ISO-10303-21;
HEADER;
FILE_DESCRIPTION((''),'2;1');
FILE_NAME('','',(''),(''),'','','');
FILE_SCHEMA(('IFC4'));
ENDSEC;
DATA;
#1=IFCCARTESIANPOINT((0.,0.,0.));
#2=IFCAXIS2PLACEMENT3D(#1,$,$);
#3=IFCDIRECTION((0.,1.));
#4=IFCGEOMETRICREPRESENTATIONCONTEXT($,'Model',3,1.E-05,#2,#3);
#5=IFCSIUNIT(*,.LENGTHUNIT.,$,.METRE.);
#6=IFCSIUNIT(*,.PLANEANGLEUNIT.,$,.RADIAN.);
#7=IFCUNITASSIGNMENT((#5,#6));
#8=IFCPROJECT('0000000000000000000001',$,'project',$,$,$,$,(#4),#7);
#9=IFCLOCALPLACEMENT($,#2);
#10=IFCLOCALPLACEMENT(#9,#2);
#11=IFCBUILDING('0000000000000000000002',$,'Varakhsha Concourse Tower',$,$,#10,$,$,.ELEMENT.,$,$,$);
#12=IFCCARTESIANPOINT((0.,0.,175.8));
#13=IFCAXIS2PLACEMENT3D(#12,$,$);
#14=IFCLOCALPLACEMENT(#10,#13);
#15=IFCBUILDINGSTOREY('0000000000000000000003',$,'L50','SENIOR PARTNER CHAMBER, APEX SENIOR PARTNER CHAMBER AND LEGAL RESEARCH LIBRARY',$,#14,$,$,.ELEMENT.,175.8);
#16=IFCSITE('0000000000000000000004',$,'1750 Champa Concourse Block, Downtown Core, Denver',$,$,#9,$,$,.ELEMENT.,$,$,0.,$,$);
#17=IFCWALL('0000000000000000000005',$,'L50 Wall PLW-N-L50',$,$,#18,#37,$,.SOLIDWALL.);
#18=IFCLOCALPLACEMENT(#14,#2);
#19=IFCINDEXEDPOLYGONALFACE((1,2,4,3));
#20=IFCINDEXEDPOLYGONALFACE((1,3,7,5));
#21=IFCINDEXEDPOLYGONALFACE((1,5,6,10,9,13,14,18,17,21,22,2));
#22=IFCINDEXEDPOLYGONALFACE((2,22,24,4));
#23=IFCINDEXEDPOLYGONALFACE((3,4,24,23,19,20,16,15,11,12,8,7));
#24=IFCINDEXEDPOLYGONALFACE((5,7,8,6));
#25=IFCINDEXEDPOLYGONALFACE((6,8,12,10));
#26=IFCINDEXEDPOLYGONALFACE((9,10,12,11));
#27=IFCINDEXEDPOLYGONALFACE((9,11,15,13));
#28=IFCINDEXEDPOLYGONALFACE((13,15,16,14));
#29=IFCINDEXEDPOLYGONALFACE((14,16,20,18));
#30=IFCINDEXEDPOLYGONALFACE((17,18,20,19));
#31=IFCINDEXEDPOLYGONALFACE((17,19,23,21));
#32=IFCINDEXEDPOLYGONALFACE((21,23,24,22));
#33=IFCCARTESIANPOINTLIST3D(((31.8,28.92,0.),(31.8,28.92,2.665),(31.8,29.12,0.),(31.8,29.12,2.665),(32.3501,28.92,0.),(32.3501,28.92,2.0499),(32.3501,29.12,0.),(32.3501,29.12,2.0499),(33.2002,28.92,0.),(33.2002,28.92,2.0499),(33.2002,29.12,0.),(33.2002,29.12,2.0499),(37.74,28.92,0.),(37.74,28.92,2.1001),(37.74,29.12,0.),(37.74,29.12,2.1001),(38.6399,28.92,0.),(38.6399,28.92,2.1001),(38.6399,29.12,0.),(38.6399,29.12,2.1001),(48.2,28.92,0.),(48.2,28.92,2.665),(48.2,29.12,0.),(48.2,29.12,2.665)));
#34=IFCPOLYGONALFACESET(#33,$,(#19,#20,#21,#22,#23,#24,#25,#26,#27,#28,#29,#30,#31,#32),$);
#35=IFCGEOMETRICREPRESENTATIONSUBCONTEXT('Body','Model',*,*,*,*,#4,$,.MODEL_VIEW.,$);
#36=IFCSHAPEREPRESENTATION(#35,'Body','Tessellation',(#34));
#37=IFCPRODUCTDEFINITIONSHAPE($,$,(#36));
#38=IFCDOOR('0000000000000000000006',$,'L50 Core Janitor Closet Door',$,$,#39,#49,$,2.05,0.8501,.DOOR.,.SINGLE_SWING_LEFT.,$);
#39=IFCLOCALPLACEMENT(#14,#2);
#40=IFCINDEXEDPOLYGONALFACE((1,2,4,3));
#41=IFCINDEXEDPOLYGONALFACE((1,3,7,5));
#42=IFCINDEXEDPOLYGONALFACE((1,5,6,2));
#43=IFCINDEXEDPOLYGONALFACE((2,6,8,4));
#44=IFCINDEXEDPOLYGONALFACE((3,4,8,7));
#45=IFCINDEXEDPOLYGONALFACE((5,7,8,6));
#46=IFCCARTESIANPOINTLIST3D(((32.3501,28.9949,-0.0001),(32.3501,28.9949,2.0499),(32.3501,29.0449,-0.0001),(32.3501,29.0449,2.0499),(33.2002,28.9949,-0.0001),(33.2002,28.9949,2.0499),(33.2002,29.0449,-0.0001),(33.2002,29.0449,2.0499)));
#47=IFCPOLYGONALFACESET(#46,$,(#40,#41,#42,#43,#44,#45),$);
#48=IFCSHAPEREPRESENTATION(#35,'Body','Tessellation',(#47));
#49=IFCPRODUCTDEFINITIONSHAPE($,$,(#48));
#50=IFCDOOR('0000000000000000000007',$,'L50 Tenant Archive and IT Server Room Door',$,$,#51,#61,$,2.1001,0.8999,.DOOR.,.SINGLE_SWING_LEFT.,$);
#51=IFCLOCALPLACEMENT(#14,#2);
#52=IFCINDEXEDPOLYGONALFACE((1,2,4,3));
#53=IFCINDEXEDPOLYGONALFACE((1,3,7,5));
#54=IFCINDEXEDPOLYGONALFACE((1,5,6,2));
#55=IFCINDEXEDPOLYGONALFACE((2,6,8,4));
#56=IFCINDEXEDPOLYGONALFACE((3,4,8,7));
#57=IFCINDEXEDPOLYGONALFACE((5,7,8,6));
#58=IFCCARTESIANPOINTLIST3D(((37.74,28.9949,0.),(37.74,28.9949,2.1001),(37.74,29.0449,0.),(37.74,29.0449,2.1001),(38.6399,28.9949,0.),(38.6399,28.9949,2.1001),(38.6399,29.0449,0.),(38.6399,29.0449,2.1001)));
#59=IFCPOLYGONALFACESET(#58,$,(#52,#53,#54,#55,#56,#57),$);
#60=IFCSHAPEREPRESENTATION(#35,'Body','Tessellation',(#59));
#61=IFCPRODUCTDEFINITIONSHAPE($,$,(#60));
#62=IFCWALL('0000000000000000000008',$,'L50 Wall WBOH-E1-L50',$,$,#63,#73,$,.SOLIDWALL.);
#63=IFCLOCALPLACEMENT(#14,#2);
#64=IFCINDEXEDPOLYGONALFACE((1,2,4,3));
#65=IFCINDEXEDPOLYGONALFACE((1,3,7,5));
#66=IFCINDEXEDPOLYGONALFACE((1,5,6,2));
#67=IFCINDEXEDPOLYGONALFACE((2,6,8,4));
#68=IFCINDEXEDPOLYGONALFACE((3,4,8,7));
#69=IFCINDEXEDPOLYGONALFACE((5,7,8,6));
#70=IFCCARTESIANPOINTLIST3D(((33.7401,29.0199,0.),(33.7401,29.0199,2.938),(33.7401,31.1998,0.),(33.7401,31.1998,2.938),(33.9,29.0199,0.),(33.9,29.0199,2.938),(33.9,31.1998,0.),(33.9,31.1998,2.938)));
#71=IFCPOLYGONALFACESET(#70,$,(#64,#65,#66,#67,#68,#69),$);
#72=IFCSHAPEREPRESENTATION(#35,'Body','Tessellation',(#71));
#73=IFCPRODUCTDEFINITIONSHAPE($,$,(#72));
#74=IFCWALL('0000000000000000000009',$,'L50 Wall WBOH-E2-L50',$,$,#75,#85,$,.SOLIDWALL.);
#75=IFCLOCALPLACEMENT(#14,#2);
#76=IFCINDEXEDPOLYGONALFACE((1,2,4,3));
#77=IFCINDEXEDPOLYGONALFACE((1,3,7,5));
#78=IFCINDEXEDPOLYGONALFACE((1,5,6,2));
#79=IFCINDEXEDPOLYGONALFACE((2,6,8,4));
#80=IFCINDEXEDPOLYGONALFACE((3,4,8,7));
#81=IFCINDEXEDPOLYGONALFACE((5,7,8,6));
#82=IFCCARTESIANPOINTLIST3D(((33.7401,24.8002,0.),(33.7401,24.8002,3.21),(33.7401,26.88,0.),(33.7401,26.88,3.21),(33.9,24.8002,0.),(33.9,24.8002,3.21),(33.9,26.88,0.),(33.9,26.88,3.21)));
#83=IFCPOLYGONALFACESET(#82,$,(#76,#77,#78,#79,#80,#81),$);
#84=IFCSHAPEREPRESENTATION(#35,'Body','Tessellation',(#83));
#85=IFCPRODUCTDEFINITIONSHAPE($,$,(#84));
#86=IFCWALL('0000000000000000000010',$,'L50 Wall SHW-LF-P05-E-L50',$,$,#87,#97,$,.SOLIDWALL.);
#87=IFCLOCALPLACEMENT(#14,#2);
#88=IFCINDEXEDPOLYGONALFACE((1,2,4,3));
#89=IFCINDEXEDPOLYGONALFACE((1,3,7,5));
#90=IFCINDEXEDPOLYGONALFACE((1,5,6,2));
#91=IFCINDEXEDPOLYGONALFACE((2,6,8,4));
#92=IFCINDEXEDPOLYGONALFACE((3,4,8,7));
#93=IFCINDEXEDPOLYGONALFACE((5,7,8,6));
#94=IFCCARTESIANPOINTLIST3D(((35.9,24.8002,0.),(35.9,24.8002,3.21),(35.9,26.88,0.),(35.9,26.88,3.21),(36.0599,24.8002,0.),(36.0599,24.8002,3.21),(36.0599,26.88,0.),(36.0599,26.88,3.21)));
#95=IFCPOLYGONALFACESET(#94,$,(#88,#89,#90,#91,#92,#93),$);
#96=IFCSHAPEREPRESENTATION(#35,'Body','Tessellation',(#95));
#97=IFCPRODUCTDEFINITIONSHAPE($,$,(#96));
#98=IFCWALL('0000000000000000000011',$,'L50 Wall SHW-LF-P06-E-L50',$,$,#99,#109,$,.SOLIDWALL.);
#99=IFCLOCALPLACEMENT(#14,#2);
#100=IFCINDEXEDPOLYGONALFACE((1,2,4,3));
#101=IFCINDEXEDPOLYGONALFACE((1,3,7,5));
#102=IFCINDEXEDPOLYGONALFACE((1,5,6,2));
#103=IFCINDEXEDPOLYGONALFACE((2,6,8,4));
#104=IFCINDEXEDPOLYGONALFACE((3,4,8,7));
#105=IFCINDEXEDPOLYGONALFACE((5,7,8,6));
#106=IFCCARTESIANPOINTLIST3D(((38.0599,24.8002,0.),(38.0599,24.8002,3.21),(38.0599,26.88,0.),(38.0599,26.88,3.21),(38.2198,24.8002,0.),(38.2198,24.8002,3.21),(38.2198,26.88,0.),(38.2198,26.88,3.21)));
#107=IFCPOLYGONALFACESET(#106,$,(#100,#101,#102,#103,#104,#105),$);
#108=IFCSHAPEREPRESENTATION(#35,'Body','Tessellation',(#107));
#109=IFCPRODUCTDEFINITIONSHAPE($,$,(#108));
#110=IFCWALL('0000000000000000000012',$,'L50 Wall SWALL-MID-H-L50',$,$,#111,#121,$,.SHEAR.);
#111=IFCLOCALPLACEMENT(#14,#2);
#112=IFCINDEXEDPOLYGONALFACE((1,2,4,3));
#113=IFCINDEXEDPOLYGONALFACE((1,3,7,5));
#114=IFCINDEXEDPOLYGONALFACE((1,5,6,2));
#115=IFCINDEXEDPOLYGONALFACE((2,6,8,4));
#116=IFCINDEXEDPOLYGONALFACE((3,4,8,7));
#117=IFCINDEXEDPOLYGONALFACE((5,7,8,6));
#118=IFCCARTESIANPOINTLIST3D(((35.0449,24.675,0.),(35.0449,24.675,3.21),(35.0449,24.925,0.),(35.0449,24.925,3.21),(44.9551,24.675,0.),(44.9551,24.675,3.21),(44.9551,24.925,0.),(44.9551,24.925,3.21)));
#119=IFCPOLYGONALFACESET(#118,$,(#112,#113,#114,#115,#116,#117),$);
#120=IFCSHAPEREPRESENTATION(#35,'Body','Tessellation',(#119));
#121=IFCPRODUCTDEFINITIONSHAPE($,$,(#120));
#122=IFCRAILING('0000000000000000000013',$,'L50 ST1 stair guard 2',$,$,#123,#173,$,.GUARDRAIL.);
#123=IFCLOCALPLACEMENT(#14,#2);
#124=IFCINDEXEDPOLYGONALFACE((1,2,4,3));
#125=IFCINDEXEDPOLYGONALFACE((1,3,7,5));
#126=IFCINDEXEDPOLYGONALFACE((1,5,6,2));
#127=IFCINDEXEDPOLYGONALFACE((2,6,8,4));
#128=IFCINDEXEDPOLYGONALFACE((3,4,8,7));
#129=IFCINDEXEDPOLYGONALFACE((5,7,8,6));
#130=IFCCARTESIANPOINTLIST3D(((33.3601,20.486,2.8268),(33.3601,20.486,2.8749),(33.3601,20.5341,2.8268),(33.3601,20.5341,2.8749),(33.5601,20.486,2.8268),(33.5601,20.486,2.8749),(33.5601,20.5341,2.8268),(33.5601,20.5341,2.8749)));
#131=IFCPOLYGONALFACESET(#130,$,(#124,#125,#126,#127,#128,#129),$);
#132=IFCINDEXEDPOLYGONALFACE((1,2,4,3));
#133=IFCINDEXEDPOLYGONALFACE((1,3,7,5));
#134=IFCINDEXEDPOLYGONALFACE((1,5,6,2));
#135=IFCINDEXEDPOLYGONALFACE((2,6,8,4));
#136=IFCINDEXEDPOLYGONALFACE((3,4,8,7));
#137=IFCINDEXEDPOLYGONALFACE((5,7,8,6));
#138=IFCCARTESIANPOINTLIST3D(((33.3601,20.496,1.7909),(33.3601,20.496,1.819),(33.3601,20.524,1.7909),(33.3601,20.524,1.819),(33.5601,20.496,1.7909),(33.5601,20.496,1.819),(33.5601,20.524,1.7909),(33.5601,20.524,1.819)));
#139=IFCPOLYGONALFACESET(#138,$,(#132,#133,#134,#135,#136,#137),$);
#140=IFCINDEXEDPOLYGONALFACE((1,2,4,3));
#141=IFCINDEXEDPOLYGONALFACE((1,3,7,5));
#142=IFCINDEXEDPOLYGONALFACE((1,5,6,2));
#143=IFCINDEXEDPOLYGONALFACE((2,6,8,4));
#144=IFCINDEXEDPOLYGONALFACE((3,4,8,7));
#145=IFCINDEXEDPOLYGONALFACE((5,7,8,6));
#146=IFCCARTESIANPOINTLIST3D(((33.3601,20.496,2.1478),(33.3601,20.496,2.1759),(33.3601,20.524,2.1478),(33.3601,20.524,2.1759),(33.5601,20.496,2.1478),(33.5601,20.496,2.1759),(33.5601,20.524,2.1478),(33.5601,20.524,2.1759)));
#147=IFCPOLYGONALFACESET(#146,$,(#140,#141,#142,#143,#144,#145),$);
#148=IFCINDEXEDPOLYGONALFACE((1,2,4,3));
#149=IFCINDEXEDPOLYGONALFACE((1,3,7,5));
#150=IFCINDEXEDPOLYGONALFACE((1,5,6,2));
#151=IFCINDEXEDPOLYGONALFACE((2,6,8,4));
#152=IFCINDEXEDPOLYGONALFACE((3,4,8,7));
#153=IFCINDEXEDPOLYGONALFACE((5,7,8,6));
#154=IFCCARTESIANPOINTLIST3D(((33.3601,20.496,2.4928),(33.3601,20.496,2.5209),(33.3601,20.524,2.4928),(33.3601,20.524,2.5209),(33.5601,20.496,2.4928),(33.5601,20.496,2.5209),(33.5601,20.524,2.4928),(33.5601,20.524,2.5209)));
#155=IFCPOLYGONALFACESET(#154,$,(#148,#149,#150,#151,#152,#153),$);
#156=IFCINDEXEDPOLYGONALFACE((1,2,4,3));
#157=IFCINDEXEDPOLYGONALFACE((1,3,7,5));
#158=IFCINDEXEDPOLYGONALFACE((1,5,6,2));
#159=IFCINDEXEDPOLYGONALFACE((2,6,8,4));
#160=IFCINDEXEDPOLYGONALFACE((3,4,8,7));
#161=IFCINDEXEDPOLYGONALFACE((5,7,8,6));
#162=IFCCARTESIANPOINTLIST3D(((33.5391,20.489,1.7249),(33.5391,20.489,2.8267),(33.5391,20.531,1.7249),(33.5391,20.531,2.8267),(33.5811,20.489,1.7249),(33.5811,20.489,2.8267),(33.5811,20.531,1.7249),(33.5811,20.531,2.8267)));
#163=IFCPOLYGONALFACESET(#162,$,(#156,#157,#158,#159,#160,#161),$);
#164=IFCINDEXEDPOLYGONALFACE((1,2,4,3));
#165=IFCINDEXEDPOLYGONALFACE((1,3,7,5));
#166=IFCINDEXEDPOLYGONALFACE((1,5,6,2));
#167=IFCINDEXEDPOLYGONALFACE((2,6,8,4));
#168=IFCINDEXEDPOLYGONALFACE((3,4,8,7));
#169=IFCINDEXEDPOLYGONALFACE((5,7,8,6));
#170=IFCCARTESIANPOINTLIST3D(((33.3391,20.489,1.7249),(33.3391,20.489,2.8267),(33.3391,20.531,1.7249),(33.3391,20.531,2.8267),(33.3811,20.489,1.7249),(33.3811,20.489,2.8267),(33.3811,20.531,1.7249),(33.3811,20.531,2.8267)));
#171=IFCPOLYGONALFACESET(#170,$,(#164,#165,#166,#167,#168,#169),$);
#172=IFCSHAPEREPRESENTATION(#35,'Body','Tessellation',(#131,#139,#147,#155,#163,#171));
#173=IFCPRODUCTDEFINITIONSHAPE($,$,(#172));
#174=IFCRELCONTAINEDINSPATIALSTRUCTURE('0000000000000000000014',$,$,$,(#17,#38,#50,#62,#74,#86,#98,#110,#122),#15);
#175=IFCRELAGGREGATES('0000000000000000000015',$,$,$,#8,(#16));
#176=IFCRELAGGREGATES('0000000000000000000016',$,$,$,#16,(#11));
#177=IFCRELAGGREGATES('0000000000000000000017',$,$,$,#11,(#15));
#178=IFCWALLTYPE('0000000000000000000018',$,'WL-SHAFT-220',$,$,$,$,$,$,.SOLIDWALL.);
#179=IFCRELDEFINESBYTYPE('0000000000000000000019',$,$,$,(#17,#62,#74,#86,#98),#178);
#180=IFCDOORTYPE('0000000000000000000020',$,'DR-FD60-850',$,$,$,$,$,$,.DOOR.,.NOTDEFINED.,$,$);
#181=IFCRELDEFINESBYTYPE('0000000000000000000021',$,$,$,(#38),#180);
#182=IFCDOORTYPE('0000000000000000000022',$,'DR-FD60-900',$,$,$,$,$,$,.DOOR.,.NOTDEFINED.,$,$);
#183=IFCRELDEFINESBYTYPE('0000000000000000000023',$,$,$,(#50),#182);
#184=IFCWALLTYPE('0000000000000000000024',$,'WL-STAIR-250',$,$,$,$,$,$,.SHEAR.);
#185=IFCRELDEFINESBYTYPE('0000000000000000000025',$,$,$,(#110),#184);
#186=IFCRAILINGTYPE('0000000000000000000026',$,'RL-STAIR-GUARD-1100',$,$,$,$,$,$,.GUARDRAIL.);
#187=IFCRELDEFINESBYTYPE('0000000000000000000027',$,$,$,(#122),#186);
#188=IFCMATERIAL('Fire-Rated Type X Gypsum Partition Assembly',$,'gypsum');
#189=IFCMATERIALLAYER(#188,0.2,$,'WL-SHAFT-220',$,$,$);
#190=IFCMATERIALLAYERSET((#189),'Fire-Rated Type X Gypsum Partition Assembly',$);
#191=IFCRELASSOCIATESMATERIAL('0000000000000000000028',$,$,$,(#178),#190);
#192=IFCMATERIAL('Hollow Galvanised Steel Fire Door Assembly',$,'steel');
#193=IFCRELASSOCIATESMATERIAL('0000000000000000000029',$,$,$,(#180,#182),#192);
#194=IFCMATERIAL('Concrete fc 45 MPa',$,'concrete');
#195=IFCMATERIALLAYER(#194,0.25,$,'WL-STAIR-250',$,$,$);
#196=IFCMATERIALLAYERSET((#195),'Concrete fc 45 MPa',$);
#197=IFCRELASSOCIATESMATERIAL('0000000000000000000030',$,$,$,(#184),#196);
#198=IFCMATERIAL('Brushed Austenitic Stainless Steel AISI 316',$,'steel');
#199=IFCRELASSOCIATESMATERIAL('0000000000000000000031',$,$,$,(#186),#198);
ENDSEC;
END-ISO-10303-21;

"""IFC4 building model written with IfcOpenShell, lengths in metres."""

from ifc_helpers import new_model, si_unit, direction, frame, frame_2d, origin, origin_2d, place, context, subcontext, project, spatial, rectangle, extrude, material, layer, layer_set, type_object, element, fill, save


model = new_model("IFC4")

# Units and contexts
model_context = context("Model", 3, precision=1e-05, world=origin(), true_north=direction((0.0, 1.0)))
body_context = subcontext(model_context, "Body", "Model", "MODEL_VIEW")
ifc_project = project(units=[si_unit("LENGTHUNIT", "METRE"), si_unit("PLANEANGLEUNIT", "RADIAN")], contexts=[model_context])

# Site, building, storey
site_placement = place(None, origin())
site = spatial("IfcSite", under=ifc_project, at=site_placement, Name="1750 Champa Concourse Block, Downtown Core, Denver", CompositionType="ELEMENT", RefElevation=0.0)
building_placement = place(site_placement, origin())
building = spatial("IfcBuilding", under=site, at=building_placement, Name="Varakhsha Concourse Tower", CompositionType="ELEMENT")
storey_placement = place(building_placement, frame((0.0, 0.0, 175.8)))
storey = spatial("IfcBuildingStorey", under=building, at=storey_placement, Name="L50", Description="SENIOR PARTNER CHAMBER, APEX SENIOR PARTNER CHAMBER AND LEGAL RESEARCH LIBRARY", CompositionType="ELEMENT", Elevation=175.8)

# Shared definitions
ifc_material_1 = material(Name="Fire-Rated Type X Gypsum Partition Assembly", Category="gypsum")
ifc_material_2 = material(Name="Hollow Galvanised Steel Fire Door Assembly", Category="steel")
ifc_layer_1 = layer(ifc_material_1, 0.2, Name="WL-SHAFT-220")
ifc_layer_set_1 = layer_set([ifc_layer_1], Name="Fire-Rated Type X Gypsum Partition Assembly")
wall_type_1 = type_object("IfcWallType", Name="WL-SHAFT-220", PredefinedType="SOLIDWALL", material=ifc_layer_set_1)
ifc_material_3 = material(Name="Brushed Austenitic Stainless Steel AISI 316", Category="steel")

# Wall, openings, doors
wall_1_placement = place(storey_placement, frame((31.8, 29.02, 0.0), z_axis=(0.0, 0.0, 1.0), x_axis=(1.0, 0.0, 0.0)))
wall_1 = element("IfcWall", 1, at=wall_1_placement, inside=storey, type_object=wall_type_1, Name="L50 Wall PLW-N-L50", PredefinedType="SOLIDWALL", context=body_context, shape_type="SweptSolid", body=[
    extrude(rectangle(XDim=16.3999, YDim=0.2, at=frame_2d((8.2, 0.0))), origin(), (0.0, 0.0, 1.0), 2.665),
])
opening_1_placement = place(wall_1_placement, frame((0.55, 0.0, 0.0)))
opening_1 = element("IfcOpeningElement", 2, at=opening_1_placement, cuts=wall_1, PredefinedType="OPENING", context=body_context, shape_type="SweptSolid", body=[
    extrude(rectangle(XDim=0.8501, YDim=2.05, at=frame_2d((0.425, 1.0249))), frame((0.0, 0.1099, 0.0), z_axis=(0.0, -1.0, 0.0), x_axis=(1.0, 0.0, 0.0)), (0.0, 0.0, 1.0), 0.22),
])
opening_2_placement = place(wall_1_placement, frame((5.9399, 0.0, 0.0)))
opening_2 = element("IfcOpeningElement", 3, at=opening_2_placement, cuts=wall_1, PredefinedType="OPENING", context=body_context, shape_type="SweptSolid", body=[
    extrude(rectangle(XDim=0.8999, YDim=2.1001, at=frame_2d((0.45, 1.05))), frame((0.0, 0.1099, 0.0), z_axis=(0.0, -1.0, 0.0), x_axis=(1.0, 0.0, 0.0)), (0.0, 0.0, 1.0), 0.22),
])
door_type_1 = type_object("IfcDoorType", Name="DR-FD60-850", OperationType="NOTDEFINED", PredefinedType="DOOR", material=ifc_material_2)
door_1_placement = place(opening_1_placement, origin())
door_1 = element("IfcDoor", 4, at=door_1_placement, inside=storey, type_object=door_type_1, Name="L50 Core Janitor Closet Door", OperationType="SINGLE_SWING_LEFT", OverallHeight=2.05, OverallWidth=0.8501, PredefinedType="DOOR", context=body_context, shape_type="SweptSolid", body=[
    extrude(rectangle(XDim=0.8501, YDim=2.05, at=frame_2d((0.425, 1.0249))), frame((0.0, 0.0249, 0.0), z_axis=(0.0, -1.0, 0.0), x_axis=(1.0, 0.0, 0.0)), (0.0, 0.0, 1.0), 0.05),
])
fill(opening_1, door_1)
door_type_2 = type_object("IfcDoorType", Name="DR-FD60-900", OperationType="NOTDEFINED", PredefinedType="DOOR", material=ifc_material_2)
door_2_placement = place(opening_2_placement, origin())
door_2 = element("IfcDoor", 5, at=door_2_placement, inside=storey, type_object=door_type_2, Name="L50 Tenant Archive and IT Server Room Door", OperationType="SINGLE_SWING_LEFT", OverallHeight=2.1001, OverallWidth=0.8999, PredefinedType="DOOR", context=body_context, shape_type="SweptSolid", body=[
    extrude(rectangle(XDim=0.8999, YDim=2.1001, at=frame_2d((0.45, 1.05))), frame((0.0, 0.0249, 0.0), z_axis=(0.0, -1.0, 0.0), x_axis=(1.0, 0.0, 0.0)), (0.0, 0.0, 1.0), 0.05),
])
fill(opening_2, door_2)

# Walls
wall_2_placement = place(storey_placement, frame((33.8201, 29.02, 0.0), z_axis=(0.0, 0.0, 1.0), x_axis=(0.0, 1.0, 0.0)))
element("IfcWall", 6, at=wall_2_placement, inside=storey, type_object=wall_type_1, Name="L50 Wall WBOH-E1-L50", PredefinedType="SOLIDWALL", context=body_context, shape_type="SweptSolid", body=[
    extrude(rectangle(XDim=2.1799, YDim=0.1599, at=frame_2d((1.0898, 0.0))), origin(), (0.0, 0.0, 1.0), 2.938),
])
for number, where, z_axis, x_axis, name in (
    (7, (33.8201, 24.8, 0.0), (0.0, 0.0, 1.0), (0.0, 1.0, 0.0), "L50 Wall WBOH-E2-L50"),
    (8, (35.98, 24.8, 0.0), (0.0, 0.0, 1.0), (0.0, 1.0, 0.0), "L50 Wall SHW-LF-P05-E-L50"),
    (9, (38.1399, 24.8, 0.0), (0.0, 0.0, 1.0), (0.0, 1.0, 0.0), "L50 Wall SHW-LF-P06-E-L50"),
):
    element("IfcWall", number, at=place(storey_placement, frame(where, z_axis=z_axis, x_axis=x_axis)), inside=storey, type_object=wall_type_1, Name=name, PredefinedType="SOLIDWALL", context=body_context, shape_type="SweptSolid", body=[
        extrude(rectangle(XDim=2.0798, YDim=0.1599, at=frame_2d((1.04, 0.0))), origin(), (0.0, 0.0, 1.0), 3.21),
    ])
ifc_material_4 = material(Name="Concrete fc 45 MPa", Category="concrete")
ifc_layer_2 = layer(ifc_material_4, 0.25, Name="WL-STAIR-250")
ifc_layer_set_2 = layer_set([ifc_layer_2], Name="Concrete fc 45 MPa")
wall_type_2 = type_object("IfcWallType", Name="WL-STAIR-250", PredefinedType="SHEAR", material=ifc_layer_set_2)
wall_3_placement = place(storey_placement, frame((35.0449, 24.8, 0.0), z_axis=(0.0, 0.0, 1.0), x_axis=(1.0, 0.0, 0.0)))
element("IfcWall", 10, at=wall_3_placement, inside=storey, type_object=wall_type_2, Name="L50 Wall SWALL-MID-H-L50", PredefinedType="SHEAR", context=body_context, shape_type="SweptSolid", body=[
    extrude(rectangle(XDim=9.9102, YDim=0.25, at=frame_2d((4.9551, 0.0))), origin(), (0.0, 0.0, 1.0), 3.21),
])

# Railing
railing_type = type_object("IfcRailingType", Name="RL-STAIR-GUARD-1100", PredefinedType="GUARDRAIL", material=ifc_material_3)
railing_1_placement = place(storey_placement, frame((33.5601, 20.51, 1.7249)))
element("IfcRailing", 11, at=railing_1_placement, inside=storey, type_object=railing_type, Name="L50 ST1 stair guard 2", PredefinedType="GUARDRAIL", context=body_context, shape_type="SweptSolid", body=[
    extrude(rectangle(XDim=0.0481, YDim=0.0481, at=origin_2d()), frame((0.0, 0.0, 1.126), z_axis=(-1.0, 0.0, 0.0), x_axis=(0.0, -1.0, 0.0)), (0.0, 0.0, 1.0), 0.2),
    extrude(rectangle(XDim=0.0281, YDim=0.0281, at=origin_2d()), frame((0.0, 0.0, 0.0801), z_axis=(-1.0, 0.0, 0.0), x_axis=(0.0, -1.0, 0.0)), (0.0, 0.0, 1.0), 0.2),
    extrude(rectangle(XDim=0.0281, YDim=0.0281, at=origin_2d()), frame((0.0, 0.0, 0.437), z_axis=(-1.0, 0.0, 0.0), x_axis=(0.0, -1.0, 0.0)), (0.0, 0.0, 1.0), 0.2),
    extrude(rectangle(XDim=0.0281, YDim=0.0281, at=origin_2d()), frame((0.0, 0.0, 0.782), z_axis=(-1.0, 0.0, 0.0), x_axis=(0.0, -1.0, 0.0)), (0.0, 0.0, 1.0), 0.2),
    extrude(rectangle(XDim=0.042, YDim=0.042, at=origin_2d()), origin(), (0.0, 0.0, 1.0), 1.1018),
    extrude(rectangle(XDim=0.042, YDim=0.042, at=origin_2d()), frame((-0.2, 0.0, 0.0)), (0.0, 0.0, 1.0), 1.1018),
])

save(model, "model.ifc")
